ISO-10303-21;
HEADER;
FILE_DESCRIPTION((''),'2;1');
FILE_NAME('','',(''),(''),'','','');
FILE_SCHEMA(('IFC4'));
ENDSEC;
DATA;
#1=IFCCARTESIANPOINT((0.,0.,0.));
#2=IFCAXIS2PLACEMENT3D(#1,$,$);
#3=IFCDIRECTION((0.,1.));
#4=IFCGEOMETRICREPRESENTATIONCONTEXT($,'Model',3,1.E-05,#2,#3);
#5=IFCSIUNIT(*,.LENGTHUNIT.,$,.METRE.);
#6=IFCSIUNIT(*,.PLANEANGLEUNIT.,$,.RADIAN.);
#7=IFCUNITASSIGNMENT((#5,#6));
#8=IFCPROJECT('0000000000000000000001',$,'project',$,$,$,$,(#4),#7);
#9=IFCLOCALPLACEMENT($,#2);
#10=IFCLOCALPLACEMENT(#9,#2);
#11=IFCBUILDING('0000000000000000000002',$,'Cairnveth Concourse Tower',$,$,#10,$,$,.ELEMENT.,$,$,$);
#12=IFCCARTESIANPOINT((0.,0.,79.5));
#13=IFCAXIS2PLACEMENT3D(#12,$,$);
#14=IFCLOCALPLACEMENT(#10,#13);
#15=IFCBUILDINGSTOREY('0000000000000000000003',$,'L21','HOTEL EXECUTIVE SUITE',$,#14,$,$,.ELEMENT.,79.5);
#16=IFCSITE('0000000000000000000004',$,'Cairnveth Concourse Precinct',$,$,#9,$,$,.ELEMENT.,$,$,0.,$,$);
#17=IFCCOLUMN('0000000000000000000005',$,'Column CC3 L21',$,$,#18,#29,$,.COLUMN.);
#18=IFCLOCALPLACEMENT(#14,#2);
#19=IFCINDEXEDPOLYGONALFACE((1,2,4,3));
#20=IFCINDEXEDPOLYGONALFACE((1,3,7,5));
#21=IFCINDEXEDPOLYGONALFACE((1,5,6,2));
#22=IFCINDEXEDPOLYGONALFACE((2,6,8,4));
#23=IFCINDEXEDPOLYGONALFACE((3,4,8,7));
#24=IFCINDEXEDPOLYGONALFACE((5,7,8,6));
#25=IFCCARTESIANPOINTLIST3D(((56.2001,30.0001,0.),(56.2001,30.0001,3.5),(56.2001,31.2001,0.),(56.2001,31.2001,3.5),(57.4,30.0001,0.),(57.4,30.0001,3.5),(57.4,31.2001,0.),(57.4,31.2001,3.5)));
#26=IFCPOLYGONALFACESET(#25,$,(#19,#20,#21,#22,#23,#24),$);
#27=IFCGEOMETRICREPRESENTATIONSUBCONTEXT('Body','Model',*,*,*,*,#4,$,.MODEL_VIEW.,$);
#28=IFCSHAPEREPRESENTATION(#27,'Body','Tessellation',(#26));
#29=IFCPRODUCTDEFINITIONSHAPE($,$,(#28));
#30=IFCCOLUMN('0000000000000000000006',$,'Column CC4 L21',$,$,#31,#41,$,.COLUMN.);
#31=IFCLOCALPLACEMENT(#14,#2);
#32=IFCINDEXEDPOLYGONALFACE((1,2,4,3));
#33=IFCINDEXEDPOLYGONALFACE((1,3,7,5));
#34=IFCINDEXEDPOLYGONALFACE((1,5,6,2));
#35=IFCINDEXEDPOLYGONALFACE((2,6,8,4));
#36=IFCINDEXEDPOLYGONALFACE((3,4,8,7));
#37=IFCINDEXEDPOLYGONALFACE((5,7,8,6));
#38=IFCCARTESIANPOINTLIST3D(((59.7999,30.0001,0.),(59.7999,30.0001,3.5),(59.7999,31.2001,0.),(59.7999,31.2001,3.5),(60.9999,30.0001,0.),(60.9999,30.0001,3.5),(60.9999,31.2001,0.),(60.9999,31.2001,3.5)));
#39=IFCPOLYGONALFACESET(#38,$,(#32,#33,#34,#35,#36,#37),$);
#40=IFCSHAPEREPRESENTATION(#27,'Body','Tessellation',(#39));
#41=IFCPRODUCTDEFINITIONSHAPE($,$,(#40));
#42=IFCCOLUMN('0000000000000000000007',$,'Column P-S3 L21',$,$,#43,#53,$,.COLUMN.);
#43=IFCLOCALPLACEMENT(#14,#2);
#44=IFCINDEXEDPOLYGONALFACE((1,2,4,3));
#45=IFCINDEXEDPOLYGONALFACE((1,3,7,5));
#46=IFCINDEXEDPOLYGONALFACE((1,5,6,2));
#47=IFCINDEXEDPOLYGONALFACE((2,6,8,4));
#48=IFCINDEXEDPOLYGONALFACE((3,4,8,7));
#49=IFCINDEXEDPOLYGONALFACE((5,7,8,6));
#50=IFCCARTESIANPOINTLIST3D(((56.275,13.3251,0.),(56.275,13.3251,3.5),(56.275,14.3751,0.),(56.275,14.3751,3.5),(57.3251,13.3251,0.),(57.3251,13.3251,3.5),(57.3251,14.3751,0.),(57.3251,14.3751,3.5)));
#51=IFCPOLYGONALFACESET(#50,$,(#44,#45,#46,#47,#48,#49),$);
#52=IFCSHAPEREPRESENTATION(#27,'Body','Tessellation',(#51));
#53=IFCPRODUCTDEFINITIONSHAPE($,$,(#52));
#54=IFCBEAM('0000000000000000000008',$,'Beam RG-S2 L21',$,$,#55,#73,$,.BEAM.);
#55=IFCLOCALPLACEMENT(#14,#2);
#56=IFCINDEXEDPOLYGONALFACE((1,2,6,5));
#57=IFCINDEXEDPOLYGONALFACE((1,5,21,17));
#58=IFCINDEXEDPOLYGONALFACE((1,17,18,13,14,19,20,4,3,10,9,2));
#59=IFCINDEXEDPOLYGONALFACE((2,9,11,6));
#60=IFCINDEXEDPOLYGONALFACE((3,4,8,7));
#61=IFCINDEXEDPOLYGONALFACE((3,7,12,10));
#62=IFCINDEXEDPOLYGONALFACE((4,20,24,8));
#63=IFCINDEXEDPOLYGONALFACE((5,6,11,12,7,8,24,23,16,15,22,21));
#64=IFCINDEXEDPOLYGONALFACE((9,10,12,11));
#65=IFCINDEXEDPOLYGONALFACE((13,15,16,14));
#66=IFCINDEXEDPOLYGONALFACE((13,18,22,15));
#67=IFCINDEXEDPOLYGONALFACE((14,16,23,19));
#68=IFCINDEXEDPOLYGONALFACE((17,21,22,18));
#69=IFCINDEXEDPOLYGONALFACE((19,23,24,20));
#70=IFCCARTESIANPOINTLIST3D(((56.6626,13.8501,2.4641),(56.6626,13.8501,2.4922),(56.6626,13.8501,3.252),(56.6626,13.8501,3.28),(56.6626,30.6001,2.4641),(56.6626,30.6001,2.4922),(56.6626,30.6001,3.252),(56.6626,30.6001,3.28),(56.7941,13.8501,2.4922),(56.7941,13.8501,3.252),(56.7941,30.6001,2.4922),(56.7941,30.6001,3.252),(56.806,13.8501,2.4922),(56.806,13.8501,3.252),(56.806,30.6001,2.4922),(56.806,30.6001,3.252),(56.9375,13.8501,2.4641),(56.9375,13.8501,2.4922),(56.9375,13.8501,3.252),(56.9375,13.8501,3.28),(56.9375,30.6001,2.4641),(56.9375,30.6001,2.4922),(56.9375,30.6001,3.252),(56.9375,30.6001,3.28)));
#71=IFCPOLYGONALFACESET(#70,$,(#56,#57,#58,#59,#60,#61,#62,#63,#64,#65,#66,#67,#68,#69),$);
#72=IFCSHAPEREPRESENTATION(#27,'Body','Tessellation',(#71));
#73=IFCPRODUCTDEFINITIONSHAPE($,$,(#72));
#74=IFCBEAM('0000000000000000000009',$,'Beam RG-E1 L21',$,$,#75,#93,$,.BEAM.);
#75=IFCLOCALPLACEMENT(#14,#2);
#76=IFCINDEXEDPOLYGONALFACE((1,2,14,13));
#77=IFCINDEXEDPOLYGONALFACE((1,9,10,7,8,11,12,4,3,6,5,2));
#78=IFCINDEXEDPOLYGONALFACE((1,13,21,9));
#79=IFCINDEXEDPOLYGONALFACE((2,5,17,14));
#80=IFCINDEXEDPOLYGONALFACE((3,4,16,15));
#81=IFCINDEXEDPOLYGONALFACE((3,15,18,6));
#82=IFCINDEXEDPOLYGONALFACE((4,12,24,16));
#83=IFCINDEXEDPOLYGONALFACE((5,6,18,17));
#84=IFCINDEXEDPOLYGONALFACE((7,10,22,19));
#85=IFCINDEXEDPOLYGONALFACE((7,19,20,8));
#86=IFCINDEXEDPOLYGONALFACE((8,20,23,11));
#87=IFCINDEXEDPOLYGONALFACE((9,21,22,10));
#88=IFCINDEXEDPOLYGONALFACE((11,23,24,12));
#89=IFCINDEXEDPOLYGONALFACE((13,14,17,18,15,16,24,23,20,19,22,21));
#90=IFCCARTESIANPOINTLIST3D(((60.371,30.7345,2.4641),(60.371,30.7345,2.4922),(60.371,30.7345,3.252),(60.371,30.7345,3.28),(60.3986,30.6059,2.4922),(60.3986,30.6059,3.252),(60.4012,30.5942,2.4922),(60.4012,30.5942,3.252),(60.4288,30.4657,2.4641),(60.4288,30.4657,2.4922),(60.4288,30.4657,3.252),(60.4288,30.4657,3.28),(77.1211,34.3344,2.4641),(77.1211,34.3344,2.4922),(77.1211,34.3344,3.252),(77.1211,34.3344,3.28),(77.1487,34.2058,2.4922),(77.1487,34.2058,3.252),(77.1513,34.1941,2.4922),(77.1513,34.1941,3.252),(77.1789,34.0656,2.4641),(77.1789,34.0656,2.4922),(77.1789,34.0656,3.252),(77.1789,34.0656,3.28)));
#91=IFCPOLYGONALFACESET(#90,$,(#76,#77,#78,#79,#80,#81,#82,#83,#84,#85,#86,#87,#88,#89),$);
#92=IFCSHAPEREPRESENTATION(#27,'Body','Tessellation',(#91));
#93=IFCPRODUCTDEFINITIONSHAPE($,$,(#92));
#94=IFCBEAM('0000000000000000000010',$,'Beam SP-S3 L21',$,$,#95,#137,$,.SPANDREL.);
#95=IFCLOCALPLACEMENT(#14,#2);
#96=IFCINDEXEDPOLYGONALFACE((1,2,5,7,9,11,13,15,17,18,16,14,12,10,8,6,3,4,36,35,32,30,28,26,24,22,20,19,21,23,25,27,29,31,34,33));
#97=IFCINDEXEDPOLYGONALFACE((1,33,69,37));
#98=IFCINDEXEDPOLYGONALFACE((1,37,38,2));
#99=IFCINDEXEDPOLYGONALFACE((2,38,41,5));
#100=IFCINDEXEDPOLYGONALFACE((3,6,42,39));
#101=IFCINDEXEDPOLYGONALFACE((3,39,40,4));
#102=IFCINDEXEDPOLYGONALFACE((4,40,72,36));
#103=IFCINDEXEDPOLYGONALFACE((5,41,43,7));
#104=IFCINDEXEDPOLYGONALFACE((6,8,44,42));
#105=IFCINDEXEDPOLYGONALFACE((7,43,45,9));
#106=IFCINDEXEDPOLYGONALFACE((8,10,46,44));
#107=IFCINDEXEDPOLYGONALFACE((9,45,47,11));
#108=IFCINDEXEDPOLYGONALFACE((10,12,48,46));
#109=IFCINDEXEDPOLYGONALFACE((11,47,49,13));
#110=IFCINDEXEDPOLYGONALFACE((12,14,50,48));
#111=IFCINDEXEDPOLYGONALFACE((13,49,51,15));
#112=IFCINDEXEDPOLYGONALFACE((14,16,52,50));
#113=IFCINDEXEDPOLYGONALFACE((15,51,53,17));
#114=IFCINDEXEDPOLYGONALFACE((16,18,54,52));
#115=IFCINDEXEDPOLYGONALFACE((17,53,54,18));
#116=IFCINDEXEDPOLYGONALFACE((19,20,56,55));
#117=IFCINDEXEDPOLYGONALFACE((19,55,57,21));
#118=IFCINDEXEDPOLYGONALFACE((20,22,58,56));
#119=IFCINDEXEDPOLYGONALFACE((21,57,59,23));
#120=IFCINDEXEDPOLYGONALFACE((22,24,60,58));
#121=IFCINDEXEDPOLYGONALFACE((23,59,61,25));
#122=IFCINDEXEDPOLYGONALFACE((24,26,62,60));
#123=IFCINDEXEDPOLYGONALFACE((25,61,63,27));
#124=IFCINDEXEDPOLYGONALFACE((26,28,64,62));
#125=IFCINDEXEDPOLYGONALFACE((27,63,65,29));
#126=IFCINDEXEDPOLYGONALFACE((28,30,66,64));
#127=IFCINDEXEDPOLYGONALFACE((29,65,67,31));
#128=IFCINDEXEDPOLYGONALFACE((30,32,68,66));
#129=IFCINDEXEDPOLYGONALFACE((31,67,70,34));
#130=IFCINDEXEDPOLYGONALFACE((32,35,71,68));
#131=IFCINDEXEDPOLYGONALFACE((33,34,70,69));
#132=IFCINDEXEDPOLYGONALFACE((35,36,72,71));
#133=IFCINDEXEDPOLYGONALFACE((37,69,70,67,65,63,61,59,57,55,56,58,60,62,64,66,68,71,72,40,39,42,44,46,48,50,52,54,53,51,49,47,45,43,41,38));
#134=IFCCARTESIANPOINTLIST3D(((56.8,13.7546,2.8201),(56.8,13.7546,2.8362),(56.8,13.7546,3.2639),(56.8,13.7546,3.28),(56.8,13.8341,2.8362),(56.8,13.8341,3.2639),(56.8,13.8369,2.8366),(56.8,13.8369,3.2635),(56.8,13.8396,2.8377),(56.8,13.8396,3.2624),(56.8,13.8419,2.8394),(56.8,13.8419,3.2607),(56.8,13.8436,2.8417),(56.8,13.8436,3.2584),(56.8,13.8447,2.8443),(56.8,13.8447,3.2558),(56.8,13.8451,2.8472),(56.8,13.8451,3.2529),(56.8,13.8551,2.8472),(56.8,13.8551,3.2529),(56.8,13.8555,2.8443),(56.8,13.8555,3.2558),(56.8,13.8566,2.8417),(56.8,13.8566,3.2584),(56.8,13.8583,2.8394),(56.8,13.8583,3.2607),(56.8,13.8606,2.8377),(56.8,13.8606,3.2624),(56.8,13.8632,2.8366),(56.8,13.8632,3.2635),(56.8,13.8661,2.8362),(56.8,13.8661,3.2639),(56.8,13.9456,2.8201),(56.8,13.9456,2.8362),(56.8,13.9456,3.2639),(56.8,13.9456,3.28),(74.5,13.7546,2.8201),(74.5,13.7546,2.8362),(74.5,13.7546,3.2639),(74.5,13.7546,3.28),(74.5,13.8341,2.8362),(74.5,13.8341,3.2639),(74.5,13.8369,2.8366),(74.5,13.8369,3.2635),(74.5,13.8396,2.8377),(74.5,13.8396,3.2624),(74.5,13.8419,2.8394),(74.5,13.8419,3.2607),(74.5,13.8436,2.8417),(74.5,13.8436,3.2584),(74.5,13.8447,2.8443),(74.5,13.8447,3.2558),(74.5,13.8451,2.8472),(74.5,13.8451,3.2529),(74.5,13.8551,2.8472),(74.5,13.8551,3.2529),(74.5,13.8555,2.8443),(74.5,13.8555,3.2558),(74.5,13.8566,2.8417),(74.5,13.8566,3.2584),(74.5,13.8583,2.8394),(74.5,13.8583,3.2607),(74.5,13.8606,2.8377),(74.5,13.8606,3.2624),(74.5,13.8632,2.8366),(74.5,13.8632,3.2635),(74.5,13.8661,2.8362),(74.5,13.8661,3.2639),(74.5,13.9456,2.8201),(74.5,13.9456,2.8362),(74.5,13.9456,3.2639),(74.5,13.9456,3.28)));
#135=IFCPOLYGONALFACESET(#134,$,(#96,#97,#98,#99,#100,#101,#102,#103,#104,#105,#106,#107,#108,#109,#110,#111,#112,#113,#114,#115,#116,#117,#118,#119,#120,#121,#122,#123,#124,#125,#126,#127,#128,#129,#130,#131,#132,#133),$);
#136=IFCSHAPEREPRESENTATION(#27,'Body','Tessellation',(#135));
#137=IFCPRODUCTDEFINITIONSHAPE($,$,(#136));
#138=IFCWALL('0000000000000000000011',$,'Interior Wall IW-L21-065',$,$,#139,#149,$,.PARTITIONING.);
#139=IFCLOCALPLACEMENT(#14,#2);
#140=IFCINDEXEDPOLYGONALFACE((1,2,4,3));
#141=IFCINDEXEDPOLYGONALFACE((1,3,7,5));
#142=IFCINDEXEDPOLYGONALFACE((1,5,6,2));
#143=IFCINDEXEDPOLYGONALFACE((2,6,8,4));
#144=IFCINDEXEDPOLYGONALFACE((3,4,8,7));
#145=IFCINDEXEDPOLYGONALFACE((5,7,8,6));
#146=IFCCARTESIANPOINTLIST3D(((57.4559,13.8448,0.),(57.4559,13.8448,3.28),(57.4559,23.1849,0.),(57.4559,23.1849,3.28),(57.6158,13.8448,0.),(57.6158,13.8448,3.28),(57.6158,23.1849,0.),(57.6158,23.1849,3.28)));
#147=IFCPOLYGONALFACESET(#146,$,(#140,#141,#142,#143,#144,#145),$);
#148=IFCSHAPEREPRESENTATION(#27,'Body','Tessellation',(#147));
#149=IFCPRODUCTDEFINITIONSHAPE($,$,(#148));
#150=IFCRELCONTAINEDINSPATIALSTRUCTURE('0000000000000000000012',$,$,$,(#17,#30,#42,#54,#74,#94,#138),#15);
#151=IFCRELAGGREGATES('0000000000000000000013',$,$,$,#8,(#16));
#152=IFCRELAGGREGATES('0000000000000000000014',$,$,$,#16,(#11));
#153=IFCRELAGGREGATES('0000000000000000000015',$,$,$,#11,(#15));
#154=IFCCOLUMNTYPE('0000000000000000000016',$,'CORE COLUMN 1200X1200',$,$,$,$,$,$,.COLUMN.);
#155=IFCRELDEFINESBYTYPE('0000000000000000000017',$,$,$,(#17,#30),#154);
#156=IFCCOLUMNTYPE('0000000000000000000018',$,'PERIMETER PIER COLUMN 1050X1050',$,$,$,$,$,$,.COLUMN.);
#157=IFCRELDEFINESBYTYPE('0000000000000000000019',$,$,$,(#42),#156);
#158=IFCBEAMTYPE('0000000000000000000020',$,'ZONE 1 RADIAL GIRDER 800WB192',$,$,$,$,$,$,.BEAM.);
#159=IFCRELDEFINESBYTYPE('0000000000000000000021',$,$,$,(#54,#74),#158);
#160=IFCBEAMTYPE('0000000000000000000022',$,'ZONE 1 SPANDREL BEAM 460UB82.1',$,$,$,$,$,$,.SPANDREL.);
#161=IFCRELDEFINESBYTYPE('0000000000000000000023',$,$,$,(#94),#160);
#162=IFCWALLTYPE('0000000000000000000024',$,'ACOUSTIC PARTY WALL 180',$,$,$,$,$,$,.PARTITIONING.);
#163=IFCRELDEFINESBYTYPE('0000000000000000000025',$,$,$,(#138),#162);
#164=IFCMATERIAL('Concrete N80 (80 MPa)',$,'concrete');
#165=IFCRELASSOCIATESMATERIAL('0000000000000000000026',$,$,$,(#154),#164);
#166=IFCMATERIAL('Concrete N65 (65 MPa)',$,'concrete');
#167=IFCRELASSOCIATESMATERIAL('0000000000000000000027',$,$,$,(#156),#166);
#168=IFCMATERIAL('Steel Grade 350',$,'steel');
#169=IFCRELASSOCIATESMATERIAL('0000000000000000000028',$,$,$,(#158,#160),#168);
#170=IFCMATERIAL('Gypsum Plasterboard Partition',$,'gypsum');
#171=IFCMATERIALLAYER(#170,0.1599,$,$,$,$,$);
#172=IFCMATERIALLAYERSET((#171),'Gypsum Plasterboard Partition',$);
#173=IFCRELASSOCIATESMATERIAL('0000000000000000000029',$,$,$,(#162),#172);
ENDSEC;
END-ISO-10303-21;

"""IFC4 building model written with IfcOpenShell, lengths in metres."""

from ifc_helpers import new_model, si_unit, direction, frame, frame_2d, origin, origin_2d, place, context, subcontext, project, spatial, rectangle, i_section, extrude, material, layer, layer_set, material_profile, profile_set, type_object, element, save


model = new_model("IFC4")

# Units and contexts
model_context = context("Model", 3, precision=1e-05, world=origin(), true_north=direction((0.0, 1.0)))
body_context = subcontext(model_context, "Body", "Model", "MODEL_VIEW")
ifc_project = project(units=[si_unit("LENGTHUNIT", "METRE"), si_unit("PLANEANGLEUNIT", "RADIAN")], contexts=[model_context])

# Site, building, storey
site_placement = place(None, origin())
site = spatial("IfcSite", under=ifc_project, at=site_placement, Name="Cairnveth Concourse Precinct", CompositionType="ELEMENT", RefElevation=0.0)
building_placement = place(site_placement, origin())
building = spatial("IfcBuilding", under=site, at=building_placement, Name="Cairnveth Concourse Tower", CompositionType="ELEMENT")
storey_placement = place(building_placement, frame((0.0, 0.0, 79.5)))
storey = spatial("IfcBuildingStorey", under=building, at=storey_placement, Name="L21", Description="HOTEL EXECUTIVE SUITE", CompositionType="ELEMENT", Elevation=79.5)

# Columns
ifc_material_1 = material(Name="Concrete N80 (80 MPa)", Category="concrete")
ifc_material_profile_1 = material_profile(ifc_material_1, rectangle(XDim=1.2, YDim=1.2, at=origin_2d()), Name="RC-COL-1200x1200")
ifc_profile_set_1 = profile_set([ifc_material_profile_1], Name="Concrete N80 (80 MPa)")
column_type_1 = type_object("IfcColumnType", Name="CORE COLUMN 1200X1200", PredefinedType="COLUMN", material=ifc_profile_set_1)
for number, where, z_axis, x_axis, name in (
    (1, (56.8, 30.6001, 0.0), (0.0, 0.0, 1.0), (1.0, 0.0, 0.0), "Column CC3 L21"),
    (2, (60.3999, 30.6001, 0.0), (0.0, 0.0, 1.0), (1.0, 0.0, 0.0), "Column CC4 L21"),
):
    element("IfcColumn", number, at=place(storey_placement, frame(where, z_axis=z_axis, x_axis=x_axis)), inside=storey, type_object=column_type_1, Name=name, PredefinedType="COLUMN", context=body_context, shape_type="SweptSolid", body=[
        extrude(rectangle(XDim=1.2, YDim=1.2, at=origin_2d()), origin(), (0.0, 0.0, 1.0), 3.5),
    ])
ifc_material_2 = material(Name="Concrete N65 (65 MPa)", Category="concrete")
ifc_material_profile_2 = material_profile(ifc_material_2, rectangle(XDim=1.05, YDim=1.05, at=origin_2d()), Name="RC-COL-1050x1050")
ifc_profile_set_2 = profile_set([ifc_material_profile_2], Name="Concrete N65 (65 MPa)")
column_type_2 = type_object("IfcColumnType", Name="PERIMETER PIER COLUMN 1050X1050", PredefinedType="COLUMN", material=ifc_profile_set_2)
column_placement = place(storey_placement, frame((56.8, 13.8501, 0.0), z_axis=(0.0, 0.0, 1.0), x_axis=(1.0, 0.0, 0.0)))
element("IfcColumn", 3, at=column_placement, inside=storey, type_object=column_type_2, Name="Column P-S3 L21", PredefinedType="COLUMN", context=body_context, shape_type="SweptSolid", body=[
    extrude(rectangle(XDim=1.05, YDim=1.05, at=origin_2d()), origin(), (0.0, 0.0, 1.0), 3.5),
])

# Beams
ifc_material_3 = material(Name="Steel Grade 350", Category="steel")
ifc_material_profile_3 = material_profile(ifc_material_3, i_section(OverallWidth=0.2749, OverallDepth=0.8159, WebThickness=0.012, FlangeThickness=0.0281, at=origin_2d()), Name="800WB192")
ifc_profile_set_3 = profile_set([ifc_material_profile_3], Name="Steel Grade 350")
beam_type_1 = type_object("IfcBeamType", Name="ZONE 1 RADIAL GIRDER 800WB192", PredefinedType="BEAM", material=ifc_profile_set_3)
beam_1_placement = place(storey_placement, frame((56.8, 13.8501, 2.8721), z_axis=(0.0, 1.0, 0.0), x_axis=(-1.0, 0.0, 0.0)))
element("IfcBeam", 4, at=beam_1_placement, inside=storey, type_object=beam_type_1, Name="Beam RG-S2 L21", PredefinedType="BEAM", context=body_context, shape_type="SweptSolid", body=[
    extrude(i_section(OverallWidth=0.2749, OverallDepth=0.8159, WebThickness=0.012, FlangeThickness=0.0281, at=origin_2d()), origin(), (0.0, 0.0, 1.0), 16.75),
])
beam_2_placement = place(storey_placement, frame((60.3999, 30.6001, 2.8721), z_axis=(0.977676, 0.210119, 0.0), x_axis=(-0.210119, 0.977676, 0.0)))
element("IfcBeam", 5, at=beam_2_placement, inside=storey, type_object=beam_type_1, Name="Beam RG-E1 L21", PredefinedType="BEAM", context=body_context, shape_type="SweptSolid", body=[
    extrude(i_section(OverallWidth=0.2749, OverallDepth=0.8159, WebThickness=0.012, FlangeThickness=0.0281, at=origin_2d()), origin(), (0.0, 0.0, 1.0), 17.1326),
])
ifc_material_profile_4 = material_profile(ifc_material_3, i_section(OverallWidth=0.1909, OverallDepth=0.46, WebThickness=0.01, FlangeThickness=0.0161, FilletRadius=0.011, at=origin_2d()), Name="460UB82.1")
ifc_profile_set_4 = profile_set([ifc_material_profile_4], Name="Steel Grade 350")
beam_type_2 = type_object("IfcBeamType", Name="ZONE 1 SPANDREL BEAM 460UB82.1", PredefinedType="SPANDREL", material=ifc_profile_set_4)
beam_3_placement = place(storey_placement, frame((56.8, 13.8501, 3.05), z_axis=(1.0, 0.0, 0.0), x_axis=(0.0, 1.0, 0.0)))
element("IfcBeam", 6, at=beam_3_placement, inside=storey, type_object=beam_type_2, Name="Beam SP-S3 L21", PredefinedType="SPANDREL", context=body_context, shape_type="SweptSolid", body=[
    extrude(i_section(OverallWidth=0.1909, OverallDepth=0.46, WebThickness=0.01, FlangeThickness=0.0161, FilletRadius=0.011, at=origin_2d()), origin(), (0.0, 0.0, 1.0), 17.7),
])

# Wall
ifc_material_4 = material(Name="Gypsum Plasterboard Partition", Category="gypsum")
ifc_layer_1 = layer(ifc_material_4, 0.1599)
ifc_layer_set_1 = layer_set([ifc_layer_1], Name="Gypsum Plasterboard Partition")
wall_type_1 = type_object("IfcWallType", Name="ACOUSTIC PARTY WALL 180", PredefinedType="PARTITIONING", material=ifc_layer_set_1)
wall_1_placement = place(storey_placement, frame((57.5359, 13.845, 0.0), z_axis=(0.0, 0.0, 1.0), x_axis=(0.0, 1.0, 0.0)))
element("IfcWall", 7, at=wall_1_placement, inside=storey, type_object=wall_type_1, Name="Interior Wall IW-L21-065", PredefinedType="PARTITIONING", context=body_context, shape_type="SweptSolid", body=[
    extrude(rectangle(XDim=9.3401, YDim=0.1599, at=frame_2d((4.6699, 0.0))), origin(), (0.0, 0.0, 1.0), 3.28),
])

save(model, "model.ifc")
